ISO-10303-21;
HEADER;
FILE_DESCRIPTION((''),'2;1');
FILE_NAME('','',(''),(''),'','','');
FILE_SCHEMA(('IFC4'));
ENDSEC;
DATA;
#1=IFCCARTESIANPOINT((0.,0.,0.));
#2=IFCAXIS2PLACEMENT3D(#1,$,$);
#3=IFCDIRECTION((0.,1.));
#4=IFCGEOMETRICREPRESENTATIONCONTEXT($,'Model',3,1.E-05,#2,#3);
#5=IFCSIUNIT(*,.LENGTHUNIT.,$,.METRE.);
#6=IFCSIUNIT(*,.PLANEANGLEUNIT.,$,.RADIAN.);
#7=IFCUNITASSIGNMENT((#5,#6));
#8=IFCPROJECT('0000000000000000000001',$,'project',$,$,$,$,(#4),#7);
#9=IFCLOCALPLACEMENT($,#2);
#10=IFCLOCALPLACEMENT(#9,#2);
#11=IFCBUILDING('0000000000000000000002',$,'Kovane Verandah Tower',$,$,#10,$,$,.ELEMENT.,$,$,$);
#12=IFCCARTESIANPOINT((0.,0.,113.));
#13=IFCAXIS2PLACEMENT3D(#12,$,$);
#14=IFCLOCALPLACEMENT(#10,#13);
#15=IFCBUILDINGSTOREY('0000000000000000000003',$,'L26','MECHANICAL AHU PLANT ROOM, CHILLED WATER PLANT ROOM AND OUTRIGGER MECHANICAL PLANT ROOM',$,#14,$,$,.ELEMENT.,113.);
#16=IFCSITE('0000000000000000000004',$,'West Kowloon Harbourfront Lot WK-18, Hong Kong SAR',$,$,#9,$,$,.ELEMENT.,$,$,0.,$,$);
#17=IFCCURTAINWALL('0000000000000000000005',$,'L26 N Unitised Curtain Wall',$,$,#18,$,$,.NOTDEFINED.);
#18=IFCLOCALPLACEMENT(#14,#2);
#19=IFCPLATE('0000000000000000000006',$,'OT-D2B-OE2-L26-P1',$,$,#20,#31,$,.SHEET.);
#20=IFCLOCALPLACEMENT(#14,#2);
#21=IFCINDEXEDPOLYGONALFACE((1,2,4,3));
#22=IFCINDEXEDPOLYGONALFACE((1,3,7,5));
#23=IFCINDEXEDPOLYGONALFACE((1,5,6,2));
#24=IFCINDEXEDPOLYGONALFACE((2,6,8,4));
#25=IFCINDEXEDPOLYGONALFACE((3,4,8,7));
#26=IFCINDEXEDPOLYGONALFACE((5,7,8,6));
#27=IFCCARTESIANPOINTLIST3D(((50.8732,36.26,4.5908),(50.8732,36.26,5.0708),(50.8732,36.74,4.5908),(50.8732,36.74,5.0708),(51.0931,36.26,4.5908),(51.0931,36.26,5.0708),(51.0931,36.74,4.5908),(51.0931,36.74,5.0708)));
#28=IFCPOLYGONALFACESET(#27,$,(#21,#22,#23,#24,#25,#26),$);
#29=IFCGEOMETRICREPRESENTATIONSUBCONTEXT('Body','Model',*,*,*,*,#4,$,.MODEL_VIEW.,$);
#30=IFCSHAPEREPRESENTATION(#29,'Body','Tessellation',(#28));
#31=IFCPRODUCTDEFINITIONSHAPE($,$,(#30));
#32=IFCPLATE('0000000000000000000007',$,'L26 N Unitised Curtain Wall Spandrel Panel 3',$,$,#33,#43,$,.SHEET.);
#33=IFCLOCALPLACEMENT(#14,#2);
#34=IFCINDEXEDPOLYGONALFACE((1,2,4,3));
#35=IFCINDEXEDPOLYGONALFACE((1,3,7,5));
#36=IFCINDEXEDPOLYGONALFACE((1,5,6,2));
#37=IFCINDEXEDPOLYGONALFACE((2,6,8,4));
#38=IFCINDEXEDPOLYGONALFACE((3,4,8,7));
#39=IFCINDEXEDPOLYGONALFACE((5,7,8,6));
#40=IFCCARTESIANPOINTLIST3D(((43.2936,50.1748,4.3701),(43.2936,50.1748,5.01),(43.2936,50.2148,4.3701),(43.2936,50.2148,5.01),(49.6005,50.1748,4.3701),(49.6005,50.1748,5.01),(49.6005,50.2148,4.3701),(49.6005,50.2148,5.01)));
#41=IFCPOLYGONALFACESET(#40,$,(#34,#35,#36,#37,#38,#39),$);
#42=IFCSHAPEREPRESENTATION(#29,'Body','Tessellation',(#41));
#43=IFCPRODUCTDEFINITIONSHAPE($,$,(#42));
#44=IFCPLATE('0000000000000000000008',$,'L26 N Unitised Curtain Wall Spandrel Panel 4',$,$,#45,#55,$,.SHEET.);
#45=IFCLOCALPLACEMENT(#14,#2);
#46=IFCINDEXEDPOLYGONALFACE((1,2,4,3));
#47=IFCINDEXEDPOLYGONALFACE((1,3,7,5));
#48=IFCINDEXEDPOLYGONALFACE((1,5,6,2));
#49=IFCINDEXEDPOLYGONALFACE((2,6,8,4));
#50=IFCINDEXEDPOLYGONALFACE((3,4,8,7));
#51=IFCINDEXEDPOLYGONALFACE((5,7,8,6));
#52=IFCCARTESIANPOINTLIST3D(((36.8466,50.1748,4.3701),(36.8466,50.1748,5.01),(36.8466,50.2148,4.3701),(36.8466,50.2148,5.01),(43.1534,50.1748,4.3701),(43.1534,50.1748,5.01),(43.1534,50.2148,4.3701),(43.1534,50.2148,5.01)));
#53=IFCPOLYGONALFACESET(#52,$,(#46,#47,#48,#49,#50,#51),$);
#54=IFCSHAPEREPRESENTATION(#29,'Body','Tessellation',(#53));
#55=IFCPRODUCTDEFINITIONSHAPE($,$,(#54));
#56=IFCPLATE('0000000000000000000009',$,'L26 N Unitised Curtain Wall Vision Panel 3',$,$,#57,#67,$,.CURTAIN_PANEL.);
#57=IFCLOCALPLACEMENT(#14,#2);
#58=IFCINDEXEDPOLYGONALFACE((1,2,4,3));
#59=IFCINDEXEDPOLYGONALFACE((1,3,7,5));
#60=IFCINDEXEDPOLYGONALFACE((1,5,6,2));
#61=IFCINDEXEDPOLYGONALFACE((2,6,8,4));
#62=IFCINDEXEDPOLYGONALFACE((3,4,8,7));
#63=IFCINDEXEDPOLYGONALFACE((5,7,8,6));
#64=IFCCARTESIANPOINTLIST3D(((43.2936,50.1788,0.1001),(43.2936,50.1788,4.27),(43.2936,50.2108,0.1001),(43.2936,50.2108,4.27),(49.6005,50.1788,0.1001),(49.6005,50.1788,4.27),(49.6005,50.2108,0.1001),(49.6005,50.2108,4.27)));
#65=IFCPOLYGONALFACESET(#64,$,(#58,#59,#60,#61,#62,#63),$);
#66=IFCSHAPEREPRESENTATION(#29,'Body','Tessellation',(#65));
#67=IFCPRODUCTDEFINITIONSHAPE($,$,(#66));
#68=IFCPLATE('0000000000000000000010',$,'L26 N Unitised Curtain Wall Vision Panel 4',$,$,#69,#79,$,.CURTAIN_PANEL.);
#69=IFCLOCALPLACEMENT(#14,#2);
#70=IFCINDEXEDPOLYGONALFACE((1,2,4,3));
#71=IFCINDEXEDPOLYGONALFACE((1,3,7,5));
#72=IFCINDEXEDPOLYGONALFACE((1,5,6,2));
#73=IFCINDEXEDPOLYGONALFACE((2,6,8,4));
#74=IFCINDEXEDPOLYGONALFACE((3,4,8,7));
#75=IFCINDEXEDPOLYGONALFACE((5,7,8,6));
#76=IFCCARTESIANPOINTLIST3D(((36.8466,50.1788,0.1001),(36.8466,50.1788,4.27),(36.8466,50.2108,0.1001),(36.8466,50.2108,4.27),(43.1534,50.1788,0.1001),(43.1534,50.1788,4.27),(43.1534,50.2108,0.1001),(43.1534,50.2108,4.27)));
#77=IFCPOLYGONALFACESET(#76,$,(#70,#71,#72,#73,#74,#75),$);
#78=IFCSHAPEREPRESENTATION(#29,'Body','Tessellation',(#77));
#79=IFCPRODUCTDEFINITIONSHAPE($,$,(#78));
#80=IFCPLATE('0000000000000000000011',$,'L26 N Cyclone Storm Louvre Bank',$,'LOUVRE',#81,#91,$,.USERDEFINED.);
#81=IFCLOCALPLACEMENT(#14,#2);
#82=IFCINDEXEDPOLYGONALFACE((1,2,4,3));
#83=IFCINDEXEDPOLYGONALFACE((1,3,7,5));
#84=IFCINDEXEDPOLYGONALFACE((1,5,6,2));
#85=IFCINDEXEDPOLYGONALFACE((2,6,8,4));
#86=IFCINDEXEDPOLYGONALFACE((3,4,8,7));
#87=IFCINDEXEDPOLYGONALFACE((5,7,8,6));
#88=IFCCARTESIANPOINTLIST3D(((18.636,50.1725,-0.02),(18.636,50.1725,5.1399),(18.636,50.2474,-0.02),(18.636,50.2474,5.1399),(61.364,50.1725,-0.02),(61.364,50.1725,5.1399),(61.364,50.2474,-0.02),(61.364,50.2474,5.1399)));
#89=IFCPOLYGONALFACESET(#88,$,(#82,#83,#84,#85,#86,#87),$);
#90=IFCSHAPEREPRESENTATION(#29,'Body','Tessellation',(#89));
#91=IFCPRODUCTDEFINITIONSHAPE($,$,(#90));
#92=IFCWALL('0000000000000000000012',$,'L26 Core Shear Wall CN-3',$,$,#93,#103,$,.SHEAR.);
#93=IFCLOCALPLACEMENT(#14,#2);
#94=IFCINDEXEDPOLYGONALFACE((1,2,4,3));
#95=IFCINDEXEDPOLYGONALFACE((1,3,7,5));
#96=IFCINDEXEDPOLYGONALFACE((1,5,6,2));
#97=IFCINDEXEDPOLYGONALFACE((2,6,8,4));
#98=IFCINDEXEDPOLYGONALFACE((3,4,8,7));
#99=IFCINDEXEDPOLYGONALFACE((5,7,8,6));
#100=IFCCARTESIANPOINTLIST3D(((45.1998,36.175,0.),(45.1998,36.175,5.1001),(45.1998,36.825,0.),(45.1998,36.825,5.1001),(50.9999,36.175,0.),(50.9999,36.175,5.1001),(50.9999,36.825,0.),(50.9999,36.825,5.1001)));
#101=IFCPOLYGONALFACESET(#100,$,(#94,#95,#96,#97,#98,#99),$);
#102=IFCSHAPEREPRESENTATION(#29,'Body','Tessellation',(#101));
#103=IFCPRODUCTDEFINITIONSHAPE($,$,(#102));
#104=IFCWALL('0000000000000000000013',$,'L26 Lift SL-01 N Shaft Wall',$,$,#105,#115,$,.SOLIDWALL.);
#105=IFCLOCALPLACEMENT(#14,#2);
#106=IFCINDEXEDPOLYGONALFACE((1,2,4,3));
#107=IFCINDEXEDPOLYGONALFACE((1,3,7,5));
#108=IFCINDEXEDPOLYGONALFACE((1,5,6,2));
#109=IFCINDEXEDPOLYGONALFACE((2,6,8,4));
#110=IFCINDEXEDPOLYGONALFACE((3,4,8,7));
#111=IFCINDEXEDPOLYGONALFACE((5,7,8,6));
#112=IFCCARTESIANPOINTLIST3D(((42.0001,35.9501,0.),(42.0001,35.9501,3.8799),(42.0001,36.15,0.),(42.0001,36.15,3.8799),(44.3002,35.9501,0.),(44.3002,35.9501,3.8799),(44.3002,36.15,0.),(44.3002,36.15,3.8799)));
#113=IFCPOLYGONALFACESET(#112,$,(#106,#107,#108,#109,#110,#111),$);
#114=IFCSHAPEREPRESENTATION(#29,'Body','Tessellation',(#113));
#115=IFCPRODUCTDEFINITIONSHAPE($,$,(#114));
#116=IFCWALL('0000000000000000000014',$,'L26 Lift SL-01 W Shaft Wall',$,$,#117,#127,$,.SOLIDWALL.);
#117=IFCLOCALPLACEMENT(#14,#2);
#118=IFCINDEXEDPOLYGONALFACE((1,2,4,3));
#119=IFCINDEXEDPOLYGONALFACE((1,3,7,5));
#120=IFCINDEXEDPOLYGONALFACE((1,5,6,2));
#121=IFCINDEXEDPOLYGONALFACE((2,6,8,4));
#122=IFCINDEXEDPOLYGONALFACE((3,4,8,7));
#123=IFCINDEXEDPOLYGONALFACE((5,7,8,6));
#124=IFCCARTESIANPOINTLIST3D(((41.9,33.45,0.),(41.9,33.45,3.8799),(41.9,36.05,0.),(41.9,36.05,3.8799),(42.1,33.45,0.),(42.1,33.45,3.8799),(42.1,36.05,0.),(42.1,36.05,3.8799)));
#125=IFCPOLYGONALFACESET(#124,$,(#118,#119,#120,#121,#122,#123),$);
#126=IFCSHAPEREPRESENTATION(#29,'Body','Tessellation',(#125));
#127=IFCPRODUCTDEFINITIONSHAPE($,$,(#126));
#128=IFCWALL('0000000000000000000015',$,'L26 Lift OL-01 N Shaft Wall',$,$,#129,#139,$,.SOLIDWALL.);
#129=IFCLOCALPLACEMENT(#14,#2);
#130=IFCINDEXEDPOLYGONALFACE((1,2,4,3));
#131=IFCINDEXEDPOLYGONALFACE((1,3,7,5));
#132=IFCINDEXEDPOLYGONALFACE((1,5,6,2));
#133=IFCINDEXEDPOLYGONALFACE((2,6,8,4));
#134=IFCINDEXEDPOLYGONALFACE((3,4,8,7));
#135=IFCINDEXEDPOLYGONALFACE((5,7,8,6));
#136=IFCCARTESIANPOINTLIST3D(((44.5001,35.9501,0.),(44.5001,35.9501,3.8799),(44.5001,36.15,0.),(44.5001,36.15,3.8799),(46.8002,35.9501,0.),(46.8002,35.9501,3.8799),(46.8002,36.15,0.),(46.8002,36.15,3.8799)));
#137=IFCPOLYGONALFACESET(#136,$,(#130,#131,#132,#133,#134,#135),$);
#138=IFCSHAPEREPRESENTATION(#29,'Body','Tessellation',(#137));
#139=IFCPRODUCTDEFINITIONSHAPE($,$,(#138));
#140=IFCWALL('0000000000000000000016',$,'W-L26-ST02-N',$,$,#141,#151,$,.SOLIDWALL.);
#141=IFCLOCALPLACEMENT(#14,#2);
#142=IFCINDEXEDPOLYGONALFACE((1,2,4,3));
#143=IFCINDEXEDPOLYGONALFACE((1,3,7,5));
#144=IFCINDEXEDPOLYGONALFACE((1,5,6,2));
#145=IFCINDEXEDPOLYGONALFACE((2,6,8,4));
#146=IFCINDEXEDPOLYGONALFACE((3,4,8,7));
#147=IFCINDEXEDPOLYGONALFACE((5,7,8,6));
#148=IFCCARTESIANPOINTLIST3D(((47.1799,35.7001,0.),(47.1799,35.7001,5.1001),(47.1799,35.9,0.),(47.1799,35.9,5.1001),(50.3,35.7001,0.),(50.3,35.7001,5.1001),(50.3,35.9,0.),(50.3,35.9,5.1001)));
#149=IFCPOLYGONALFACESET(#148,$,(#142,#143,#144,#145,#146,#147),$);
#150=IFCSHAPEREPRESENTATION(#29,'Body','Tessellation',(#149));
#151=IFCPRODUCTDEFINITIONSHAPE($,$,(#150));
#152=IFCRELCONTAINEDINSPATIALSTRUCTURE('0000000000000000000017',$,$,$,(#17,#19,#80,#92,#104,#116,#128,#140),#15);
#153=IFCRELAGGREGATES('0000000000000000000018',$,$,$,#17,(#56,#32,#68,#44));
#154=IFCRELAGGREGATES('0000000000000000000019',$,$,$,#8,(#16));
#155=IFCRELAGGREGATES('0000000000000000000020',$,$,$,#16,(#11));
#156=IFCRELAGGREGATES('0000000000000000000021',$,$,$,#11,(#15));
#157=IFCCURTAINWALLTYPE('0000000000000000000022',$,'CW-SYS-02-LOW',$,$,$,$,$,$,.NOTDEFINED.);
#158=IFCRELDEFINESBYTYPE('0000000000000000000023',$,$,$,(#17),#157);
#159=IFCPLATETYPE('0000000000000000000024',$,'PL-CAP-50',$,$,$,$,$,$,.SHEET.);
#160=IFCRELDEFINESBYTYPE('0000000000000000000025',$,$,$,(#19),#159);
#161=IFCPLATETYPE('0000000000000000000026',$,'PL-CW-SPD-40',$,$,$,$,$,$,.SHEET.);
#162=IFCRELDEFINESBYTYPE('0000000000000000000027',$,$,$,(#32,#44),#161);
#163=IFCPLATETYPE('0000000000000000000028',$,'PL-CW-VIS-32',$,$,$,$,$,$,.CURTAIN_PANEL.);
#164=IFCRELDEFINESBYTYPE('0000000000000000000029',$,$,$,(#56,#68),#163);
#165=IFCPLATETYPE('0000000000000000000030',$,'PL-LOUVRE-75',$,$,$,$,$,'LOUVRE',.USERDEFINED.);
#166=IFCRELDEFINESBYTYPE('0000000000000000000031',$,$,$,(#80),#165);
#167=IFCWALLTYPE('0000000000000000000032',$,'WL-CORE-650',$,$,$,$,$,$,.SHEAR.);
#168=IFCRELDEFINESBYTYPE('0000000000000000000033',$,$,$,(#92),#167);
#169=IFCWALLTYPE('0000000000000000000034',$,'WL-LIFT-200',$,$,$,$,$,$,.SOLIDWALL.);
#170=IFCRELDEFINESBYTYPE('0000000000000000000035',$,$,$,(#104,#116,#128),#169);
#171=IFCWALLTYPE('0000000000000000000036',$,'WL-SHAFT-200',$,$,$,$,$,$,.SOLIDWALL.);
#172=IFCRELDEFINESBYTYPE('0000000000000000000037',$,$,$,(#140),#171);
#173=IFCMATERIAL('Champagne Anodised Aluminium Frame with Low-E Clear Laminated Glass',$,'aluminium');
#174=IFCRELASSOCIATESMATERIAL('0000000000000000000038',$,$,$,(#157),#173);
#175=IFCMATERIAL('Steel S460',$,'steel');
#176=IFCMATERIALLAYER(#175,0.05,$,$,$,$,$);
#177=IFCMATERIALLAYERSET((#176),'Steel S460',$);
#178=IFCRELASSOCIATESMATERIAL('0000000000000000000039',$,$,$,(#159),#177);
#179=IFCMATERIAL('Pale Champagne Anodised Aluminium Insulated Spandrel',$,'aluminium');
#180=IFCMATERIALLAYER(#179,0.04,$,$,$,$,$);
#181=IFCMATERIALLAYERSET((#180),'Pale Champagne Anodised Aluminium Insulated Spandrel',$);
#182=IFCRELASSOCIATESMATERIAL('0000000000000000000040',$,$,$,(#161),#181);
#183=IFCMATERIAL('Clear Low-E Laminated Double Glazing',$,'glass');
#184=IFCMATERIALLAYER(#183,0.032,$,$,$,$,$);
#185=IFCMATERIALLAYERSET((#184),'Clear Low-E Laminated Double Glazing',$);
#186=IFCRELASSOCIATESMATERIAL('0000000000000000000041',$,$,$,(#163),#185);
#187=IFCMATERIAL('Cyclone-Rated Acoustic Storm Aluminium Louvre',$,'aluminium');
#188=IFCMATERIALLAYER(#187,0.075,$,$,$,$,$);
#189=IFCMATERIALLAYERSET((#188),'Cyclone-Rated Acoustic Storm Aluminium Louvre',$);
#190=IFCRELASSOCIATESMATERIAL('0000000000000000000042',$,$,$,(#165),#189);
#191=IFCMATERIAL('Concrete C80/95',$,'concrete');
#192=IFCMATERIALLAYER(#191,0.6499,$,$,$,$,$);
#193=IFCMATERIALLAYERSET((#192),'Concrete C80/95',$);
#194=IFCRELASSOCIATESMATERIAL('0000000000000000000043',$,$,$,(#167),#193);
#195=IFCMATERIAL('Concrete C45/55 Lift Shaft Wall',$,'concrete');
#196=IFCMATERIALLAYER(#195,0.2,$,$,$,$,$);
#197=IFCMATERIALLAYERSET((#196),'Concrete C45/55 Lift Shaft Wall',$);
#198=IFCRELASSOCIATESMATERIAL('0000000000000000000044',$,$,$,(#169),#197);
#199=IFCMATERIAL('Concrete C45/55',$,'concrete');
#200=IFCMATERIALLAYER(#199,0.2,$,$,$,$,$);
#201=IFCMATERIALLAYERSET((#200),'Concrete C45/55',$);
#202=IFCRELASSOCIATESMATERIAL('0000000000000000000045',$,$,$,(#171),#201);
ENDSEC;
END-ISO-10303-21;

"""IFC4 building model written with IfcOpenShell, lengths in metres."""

from ifc_helpers import new_model, si_unit, direction, frame, frame_2d, origin, origin_2d, place, context, subcontext, project, spatial, rectangle, extrude, material, layer, layer_set, type_object, element, aggregate, save


model = new_model("IFC4")

# Units and contexts
model_context = context("Model", 3, precision=1e-05, world=origin(), true_north=direction((0.0, 1.0)))
body_context = subcontext(model_context, "Body", "Model", "MODEL_VIEW")
ifc_project = project(units=[si_unit("LENGTHUNIT", "METRE"), si_unit("PLANEANGLEUNIT", "RADIAN")], contexts=[model_context])

# Site, building, storey
site_placement = place(None, origin())
site = spatial("IfcSite", under=ifc_project, at=site_placement, Name="West Kowloon Harbourfront Lot WK-18, Hong Kong SAR", CompositionType="ELEMENT", RefElevation=0.0)
building_placement = place(site_placement, origin())
building = spatial("IfcBuilding", under=site, at=building_placement, Name="Kovane Verandah Tower", CompositionType="ELEMENT")
storey_placement = place(building_placement, frame((0.0, 0.0, 113.0)))
storey = spatial("IfcBuildingStorey", under=building, at=storey_placement, Name="L26", Description="MECHANICAL AHU PLANT ROOM, CHILLED WATER PLANT ROOM AND OUTRIGGER MECHANICAL PLANT ROOM", CompositionType="ELEMENT", Elevation=113.0)

# Shared definitions
ifc_material_1 = material(Name="Concrete C80/95", Category="concrete")

# Shared definitions
ifc_material_2 = material(Name="Steel S460", Category="steel")

# Curtain wall
ifc_material_3 = material(Name="Champagne Anodised Aluminium Frame with Low-E Clear Laminated Glass", Category="aluminium")
curtain_wall_type = type_object("IfcCurtainWallType", Name="CW-SYS-02-LOW", PredefinedType="NOTDEFINED", material=ifc_material_3)
curtain_wall_placement = place(storey_placement, origin())
curtain_wall = element("IfcCurtainWall", 1, at=curtain_wall_placement, inside=storey, type_object=curtain_wall_type, Name="L26 N Unitised Curtain Wall", PredefinedType="NOTDEFINED")

# Plate
ifc_layer_1 = layer(ifc_material_2, 0.05)
ifc_layer_set_1 = layer_set([ifc_layer_1], Name="Steel S460")
plate_type_1 = type_object("IfcPlateType", Name="PL-CAP-50", PredefinedType="SHEET", material=ifc_layer_set_1)
for number, where, z_axis, x_axis, name in (
    (2, (50.9832, 36.5, 4.5908), (0.0, 0.0, 1.0), (-1.0, 0.0, 0.0), "OT-D2B-OE2-L26-P1"),
):
    element("IfcPlate", number, at=place(storey_placement, frame(where, z_axis=z_axis, x_axis=x_axis)), inside=storey, type_object=plate_type_1, Name=name, PredefinedType="SHEET", context=body_context, shape_type="SweptSolid", body=[
        extrude(rectangle(XDim=0.22, YDim=0.48, at=origin_2d()), origin(), (0.0, 0.0, 1.0), 0.48),
    ])

# Plates
ifc_material_4 = material(Name="Pale Champagne Anodised Aluminium Insulated Spandrel", Category="aluminium")
ifc_layer_2 = layer(ifc_material_4, 0.04)
ifc_layer_set_2 = layer_set([ifc_layer_2], Name="Pale Champagne Anodised Aluminium Insulated Spandrel")
plate_type_2 = type_object("IfcPlateType", Name="PL-CW-SPD-40", PredefinedType="SHEET", material=ifc_layer_set_2)
plate_1_placement = place(storey_placement, frame((46.447, 50.1948, 4.3701), z_axis=(0.0, 0.0, 1.0), x_axis=(-1.0, 0.0, 0.0)))
plate_1 = element("IfcPlate", 3, at=plate_1_placement, type_object=plate_type_2, Name="L26 N Unitised Curtain Wall Spandrel Panel 3", PredefinedType="SHEET", context=body_context, shape_type="SweptSolid", body=[
    extrude(rectangle(XDim=6.3069, YDim=0.04, at=origin_2d()), origin(), (0.0, 0.0, 1.0), 0.6399),
])
plate_2_placement = place(storey_placement, frame((40.0, 50.1948, 4.3701), z_axis=(0.0, 0.0, 1.0), x_axis=(-1.0, 0.0, 0.0)))
plate_2 = element("IfcPlate", 4, at=plate_2_placement, type_object=plate_type_2, Name="L26 N Unitised Curtain Wall Spandrel Panel 4", PredefinedType="SHEET", context=body_context, shape_type="SweptSolid", body=[
    extrude(rectangle(XDim=6.3069, YDim=0.04, at=origin_2d()), origin(), (0.0, 0.0, 1.0), 0.6399),
])
ifc_material_5 = material(Name="Clear Low-E Laminated Double Glazing", Category="glass")
ifc_layer_3 = layer(ifc_material_5, 0.032)
ifc_layer_set_3 = layer_set([ifc_layer_3], Name="Clear Low-E Laminated Double Glazing")
plate_type_3 = type_object("IfcPlateType", Name="PL-CW-VIS-32", PredefinedType="CURTAIN_PANEL", material=ifc_layer_set_3)
plate_3_placement = place(storey_placement, frame((46.447, 50.1948, 0.1001), z_axis=(0.0, 0.0, 1.0), x_axis=(-1.0, 0.0, 0.0)))
plate_3 = element("IfcPlate", 5, at=plate_3_placement, type_object=plate_type_3, Name="L26 N Unitised Curtain Wall Vision Panel 3", PredefinedType="CURTAIN_PANEL", context=body_context, shape_type="SweptSolid", body=[
    extrude(rectangle(XDim=6.3069, YDim=0.032, at=origin_2d()), origin(), (0.0, 0.0, 1.0), 4.1699),
])
plate_4_placement = place(storey_placement, frame((40.0, 50.1948, 0.1001), z_axis=(0.0, 0.0, 1.0), x_axis=(-1.0, 0.0, 0.0)))
plate_4 = element("IfcPlate", 6, at=plate_4_placement, type_object=plate_type_3, Name="L26 N Unitised Curtain Wall Vision Panel 4", PredefinedType="CURTAIN_PANEL", context=body_context, shape_type="SweptSolid", body=[
    extrude(rectangle(XDim=6.3069, YDim=0.032, at=origin_2d()), origin(), (0.0, 0.0, 1.0), 4.1699),
])
aggregate(curtain_wall, [plate_3, plate_1, plate_4, plate_2])
ifc_material_6 = material(Name="Cyclone-Rated Acoustic Storm Aluminium Louvre", Category="aluminium")
ifc_layer_4 = layer(ifc_material_6, 0.075)
ifc_layer_set_4 = layer_set([ifc_layer_4], Name="Cyclone-Rated Acoustic Storm Aluminium Louvre")
plate_type_4 = type_object("IfcPlateType", Name="PL-LOUVRE-75", ElementType="LOUVRE", PredefinedType="USERDEFINED", material=ifc_layer_set_4)
plate_5_placement = place(storey_placement, frame((40.0, 50.21, -0.02), z_axis=(0.0, 0.0, 1.0), x_axis=(-1.0, 0.0, 0.0)))
element("IfcPlate", 7, at=plate_5_placement, inside=storey, type_object=plate_type_4, Name="L26 N Cyclone Storm Louvre Bank", ObjectType="LOUVRE", PredefinedType="USERDEFINED", context=body_context, shape_type="SweptSolid", body=[
    extrude(rectangle(XDim=42.728, YDim=0.075, at=origin_2d()), origin(), (0.0, 0.0, 1.0), 5.1599),
])

# Walls
ifc_layer_5 = layer(ifc_material_1, 0.6499)
ifc_layer_set_5 = layer_set([ifc_layer_5], Name="Concrete C80/95")
wall_type_1 = type_object("IfcWallType", Name="WL-CORE-650", PredefinedType="SHEAR", material=ifc_layer_set_5)
wall_1_placement = place(storey_placement, frame((45.2, 36.5, 0.0), z_axis=(0.0, 0.0, 1.0), x_axis=(1.0, 0.0, 0.0)))
element("IfcWall", 8, at=wall_1_placement, inside=storey, type_object=wall_type_1, Name="L26 Core Shear Wall CN-3", PredefinedType="SHEAR", context=body_context, shape_type="SweptSolid", body=[
    extrude(rectangle(XDim=5.8, YDim=0.6499, at=frame_2d((2.8999, 0.0))), origin(), (0.0, 0.0, 1.0), 5.1001),
])
ifc_material_7 = material(Name="Concrete C45/55 Lift Shaft Wall", Category="concrete")
ifc_layer_6 = layer(ifc_material_7, 0.2)
ifc_layer_set_6 = layer_set([ifc_layer_6], Name="Concrete C45/55 Lift Shaft Wall")
wall_type_2 = type_object("IfcWallType", Name="WL-LIFT-200", PredefinedType="SOLIDWALL", material=ifc_layer_set_6)
wall_2_placement = place(storey_placement, frame((44.3, 36.05, 0.0), z_axis=(0.0, 0.0, 1.0), x_axis=(-1.0, 0.0, 0.0)))
element("IfcWall", 9, at=wall_2_placement, inside=storey, type_object=wall_type_2, Name="L26 Lift SL-01 N Shaft Wall", PredefinedType="SOLIDWALL", context=body_context, shape_type="SweptSolid", body=[
    extrude(rectangle(XDim=2.3, YDim=0.2, at=frame_2d((1.1499, 0.0))), origin(), (0.0, 0.0, 1.0), 3.8799),
])
wall_3_placement = place(storey_placement, frame((42.0, 36.05, 0.0), z_axis=(0.0, 0.0, 1.0), x_axis=(0.0, -1.0, 0.0)))
element("IfcWall", 10, at=wall_3_placement, inside=storey, type_object=wall_type_2, Name="L26 Lift SL-01 W Shaft Wall", PredefinedType="SOLIDWALL", context=body_context, shape_type="SweptSolid", body=[
    extrude(rectangle(XDim=2.6001, YDim=0.2, at=frame_2d((1.3, 0.0))), origin(), (0.0, 0.0, 1.0), 3.8799),
])
wall_4_placement = place(storey_placement, frame((46.8, 36.05, 0.0), z_axis=(0.0, 0.0, 1.0), x_axis=(-1.0, 0.0, 0.0)))
element("IfcWall", 11, at=wall_4_placement, inside=storey, type_object=wall_type_2, Name="L26 Lift OL-01 N Shaft Wall", PredefinedType="SOLIDWALL", context=body_context, shape_type="SweptSolid", body=[
    extrude(rectangle(XDim=2.3, YDim=0.2, at=frame_2d((1.1499, 0.0))), origin(), (0.0, 0.0, 1.0), 3.8799),
])
ifc_material_8 = material(Name="Concrete C45/55", Category="concrete")
ifc_layer_7 = layer(ifc_material_8, 0.2)
ifc_layer_set_7 = layer_set([ifc_layer_7], Name="Concrete C45/55")
wall_type_3 = type_object("IfcWallType", Name="WL-SHAFT-200", PredefinedType="SOLIDWALL", material=ifc_layer_set_7)
wall_5_placement = place(storey_placement, frame((47.1799, 35.8, 0.0), z_axis=(0.0, 0.0, 1.0), x_axis=(1.0, 0.0, 0.0)))
element("IfcWall", 12, at=wall_5_placement, inside=storey, type_object=wall_type_3, Name="W-L26-ST02-N", PredefinedType="SOLIDWALL", context=body_context, shape_type="SweptSolid", body=[
    extrude(rectangle(XDim=3.1201, YDim=0.2, at=frame_2d((1.5601, 0.0))), origin(), (0.0, 0.0, 1.0), 5.1001),
])

save(model, "model.ifc")
